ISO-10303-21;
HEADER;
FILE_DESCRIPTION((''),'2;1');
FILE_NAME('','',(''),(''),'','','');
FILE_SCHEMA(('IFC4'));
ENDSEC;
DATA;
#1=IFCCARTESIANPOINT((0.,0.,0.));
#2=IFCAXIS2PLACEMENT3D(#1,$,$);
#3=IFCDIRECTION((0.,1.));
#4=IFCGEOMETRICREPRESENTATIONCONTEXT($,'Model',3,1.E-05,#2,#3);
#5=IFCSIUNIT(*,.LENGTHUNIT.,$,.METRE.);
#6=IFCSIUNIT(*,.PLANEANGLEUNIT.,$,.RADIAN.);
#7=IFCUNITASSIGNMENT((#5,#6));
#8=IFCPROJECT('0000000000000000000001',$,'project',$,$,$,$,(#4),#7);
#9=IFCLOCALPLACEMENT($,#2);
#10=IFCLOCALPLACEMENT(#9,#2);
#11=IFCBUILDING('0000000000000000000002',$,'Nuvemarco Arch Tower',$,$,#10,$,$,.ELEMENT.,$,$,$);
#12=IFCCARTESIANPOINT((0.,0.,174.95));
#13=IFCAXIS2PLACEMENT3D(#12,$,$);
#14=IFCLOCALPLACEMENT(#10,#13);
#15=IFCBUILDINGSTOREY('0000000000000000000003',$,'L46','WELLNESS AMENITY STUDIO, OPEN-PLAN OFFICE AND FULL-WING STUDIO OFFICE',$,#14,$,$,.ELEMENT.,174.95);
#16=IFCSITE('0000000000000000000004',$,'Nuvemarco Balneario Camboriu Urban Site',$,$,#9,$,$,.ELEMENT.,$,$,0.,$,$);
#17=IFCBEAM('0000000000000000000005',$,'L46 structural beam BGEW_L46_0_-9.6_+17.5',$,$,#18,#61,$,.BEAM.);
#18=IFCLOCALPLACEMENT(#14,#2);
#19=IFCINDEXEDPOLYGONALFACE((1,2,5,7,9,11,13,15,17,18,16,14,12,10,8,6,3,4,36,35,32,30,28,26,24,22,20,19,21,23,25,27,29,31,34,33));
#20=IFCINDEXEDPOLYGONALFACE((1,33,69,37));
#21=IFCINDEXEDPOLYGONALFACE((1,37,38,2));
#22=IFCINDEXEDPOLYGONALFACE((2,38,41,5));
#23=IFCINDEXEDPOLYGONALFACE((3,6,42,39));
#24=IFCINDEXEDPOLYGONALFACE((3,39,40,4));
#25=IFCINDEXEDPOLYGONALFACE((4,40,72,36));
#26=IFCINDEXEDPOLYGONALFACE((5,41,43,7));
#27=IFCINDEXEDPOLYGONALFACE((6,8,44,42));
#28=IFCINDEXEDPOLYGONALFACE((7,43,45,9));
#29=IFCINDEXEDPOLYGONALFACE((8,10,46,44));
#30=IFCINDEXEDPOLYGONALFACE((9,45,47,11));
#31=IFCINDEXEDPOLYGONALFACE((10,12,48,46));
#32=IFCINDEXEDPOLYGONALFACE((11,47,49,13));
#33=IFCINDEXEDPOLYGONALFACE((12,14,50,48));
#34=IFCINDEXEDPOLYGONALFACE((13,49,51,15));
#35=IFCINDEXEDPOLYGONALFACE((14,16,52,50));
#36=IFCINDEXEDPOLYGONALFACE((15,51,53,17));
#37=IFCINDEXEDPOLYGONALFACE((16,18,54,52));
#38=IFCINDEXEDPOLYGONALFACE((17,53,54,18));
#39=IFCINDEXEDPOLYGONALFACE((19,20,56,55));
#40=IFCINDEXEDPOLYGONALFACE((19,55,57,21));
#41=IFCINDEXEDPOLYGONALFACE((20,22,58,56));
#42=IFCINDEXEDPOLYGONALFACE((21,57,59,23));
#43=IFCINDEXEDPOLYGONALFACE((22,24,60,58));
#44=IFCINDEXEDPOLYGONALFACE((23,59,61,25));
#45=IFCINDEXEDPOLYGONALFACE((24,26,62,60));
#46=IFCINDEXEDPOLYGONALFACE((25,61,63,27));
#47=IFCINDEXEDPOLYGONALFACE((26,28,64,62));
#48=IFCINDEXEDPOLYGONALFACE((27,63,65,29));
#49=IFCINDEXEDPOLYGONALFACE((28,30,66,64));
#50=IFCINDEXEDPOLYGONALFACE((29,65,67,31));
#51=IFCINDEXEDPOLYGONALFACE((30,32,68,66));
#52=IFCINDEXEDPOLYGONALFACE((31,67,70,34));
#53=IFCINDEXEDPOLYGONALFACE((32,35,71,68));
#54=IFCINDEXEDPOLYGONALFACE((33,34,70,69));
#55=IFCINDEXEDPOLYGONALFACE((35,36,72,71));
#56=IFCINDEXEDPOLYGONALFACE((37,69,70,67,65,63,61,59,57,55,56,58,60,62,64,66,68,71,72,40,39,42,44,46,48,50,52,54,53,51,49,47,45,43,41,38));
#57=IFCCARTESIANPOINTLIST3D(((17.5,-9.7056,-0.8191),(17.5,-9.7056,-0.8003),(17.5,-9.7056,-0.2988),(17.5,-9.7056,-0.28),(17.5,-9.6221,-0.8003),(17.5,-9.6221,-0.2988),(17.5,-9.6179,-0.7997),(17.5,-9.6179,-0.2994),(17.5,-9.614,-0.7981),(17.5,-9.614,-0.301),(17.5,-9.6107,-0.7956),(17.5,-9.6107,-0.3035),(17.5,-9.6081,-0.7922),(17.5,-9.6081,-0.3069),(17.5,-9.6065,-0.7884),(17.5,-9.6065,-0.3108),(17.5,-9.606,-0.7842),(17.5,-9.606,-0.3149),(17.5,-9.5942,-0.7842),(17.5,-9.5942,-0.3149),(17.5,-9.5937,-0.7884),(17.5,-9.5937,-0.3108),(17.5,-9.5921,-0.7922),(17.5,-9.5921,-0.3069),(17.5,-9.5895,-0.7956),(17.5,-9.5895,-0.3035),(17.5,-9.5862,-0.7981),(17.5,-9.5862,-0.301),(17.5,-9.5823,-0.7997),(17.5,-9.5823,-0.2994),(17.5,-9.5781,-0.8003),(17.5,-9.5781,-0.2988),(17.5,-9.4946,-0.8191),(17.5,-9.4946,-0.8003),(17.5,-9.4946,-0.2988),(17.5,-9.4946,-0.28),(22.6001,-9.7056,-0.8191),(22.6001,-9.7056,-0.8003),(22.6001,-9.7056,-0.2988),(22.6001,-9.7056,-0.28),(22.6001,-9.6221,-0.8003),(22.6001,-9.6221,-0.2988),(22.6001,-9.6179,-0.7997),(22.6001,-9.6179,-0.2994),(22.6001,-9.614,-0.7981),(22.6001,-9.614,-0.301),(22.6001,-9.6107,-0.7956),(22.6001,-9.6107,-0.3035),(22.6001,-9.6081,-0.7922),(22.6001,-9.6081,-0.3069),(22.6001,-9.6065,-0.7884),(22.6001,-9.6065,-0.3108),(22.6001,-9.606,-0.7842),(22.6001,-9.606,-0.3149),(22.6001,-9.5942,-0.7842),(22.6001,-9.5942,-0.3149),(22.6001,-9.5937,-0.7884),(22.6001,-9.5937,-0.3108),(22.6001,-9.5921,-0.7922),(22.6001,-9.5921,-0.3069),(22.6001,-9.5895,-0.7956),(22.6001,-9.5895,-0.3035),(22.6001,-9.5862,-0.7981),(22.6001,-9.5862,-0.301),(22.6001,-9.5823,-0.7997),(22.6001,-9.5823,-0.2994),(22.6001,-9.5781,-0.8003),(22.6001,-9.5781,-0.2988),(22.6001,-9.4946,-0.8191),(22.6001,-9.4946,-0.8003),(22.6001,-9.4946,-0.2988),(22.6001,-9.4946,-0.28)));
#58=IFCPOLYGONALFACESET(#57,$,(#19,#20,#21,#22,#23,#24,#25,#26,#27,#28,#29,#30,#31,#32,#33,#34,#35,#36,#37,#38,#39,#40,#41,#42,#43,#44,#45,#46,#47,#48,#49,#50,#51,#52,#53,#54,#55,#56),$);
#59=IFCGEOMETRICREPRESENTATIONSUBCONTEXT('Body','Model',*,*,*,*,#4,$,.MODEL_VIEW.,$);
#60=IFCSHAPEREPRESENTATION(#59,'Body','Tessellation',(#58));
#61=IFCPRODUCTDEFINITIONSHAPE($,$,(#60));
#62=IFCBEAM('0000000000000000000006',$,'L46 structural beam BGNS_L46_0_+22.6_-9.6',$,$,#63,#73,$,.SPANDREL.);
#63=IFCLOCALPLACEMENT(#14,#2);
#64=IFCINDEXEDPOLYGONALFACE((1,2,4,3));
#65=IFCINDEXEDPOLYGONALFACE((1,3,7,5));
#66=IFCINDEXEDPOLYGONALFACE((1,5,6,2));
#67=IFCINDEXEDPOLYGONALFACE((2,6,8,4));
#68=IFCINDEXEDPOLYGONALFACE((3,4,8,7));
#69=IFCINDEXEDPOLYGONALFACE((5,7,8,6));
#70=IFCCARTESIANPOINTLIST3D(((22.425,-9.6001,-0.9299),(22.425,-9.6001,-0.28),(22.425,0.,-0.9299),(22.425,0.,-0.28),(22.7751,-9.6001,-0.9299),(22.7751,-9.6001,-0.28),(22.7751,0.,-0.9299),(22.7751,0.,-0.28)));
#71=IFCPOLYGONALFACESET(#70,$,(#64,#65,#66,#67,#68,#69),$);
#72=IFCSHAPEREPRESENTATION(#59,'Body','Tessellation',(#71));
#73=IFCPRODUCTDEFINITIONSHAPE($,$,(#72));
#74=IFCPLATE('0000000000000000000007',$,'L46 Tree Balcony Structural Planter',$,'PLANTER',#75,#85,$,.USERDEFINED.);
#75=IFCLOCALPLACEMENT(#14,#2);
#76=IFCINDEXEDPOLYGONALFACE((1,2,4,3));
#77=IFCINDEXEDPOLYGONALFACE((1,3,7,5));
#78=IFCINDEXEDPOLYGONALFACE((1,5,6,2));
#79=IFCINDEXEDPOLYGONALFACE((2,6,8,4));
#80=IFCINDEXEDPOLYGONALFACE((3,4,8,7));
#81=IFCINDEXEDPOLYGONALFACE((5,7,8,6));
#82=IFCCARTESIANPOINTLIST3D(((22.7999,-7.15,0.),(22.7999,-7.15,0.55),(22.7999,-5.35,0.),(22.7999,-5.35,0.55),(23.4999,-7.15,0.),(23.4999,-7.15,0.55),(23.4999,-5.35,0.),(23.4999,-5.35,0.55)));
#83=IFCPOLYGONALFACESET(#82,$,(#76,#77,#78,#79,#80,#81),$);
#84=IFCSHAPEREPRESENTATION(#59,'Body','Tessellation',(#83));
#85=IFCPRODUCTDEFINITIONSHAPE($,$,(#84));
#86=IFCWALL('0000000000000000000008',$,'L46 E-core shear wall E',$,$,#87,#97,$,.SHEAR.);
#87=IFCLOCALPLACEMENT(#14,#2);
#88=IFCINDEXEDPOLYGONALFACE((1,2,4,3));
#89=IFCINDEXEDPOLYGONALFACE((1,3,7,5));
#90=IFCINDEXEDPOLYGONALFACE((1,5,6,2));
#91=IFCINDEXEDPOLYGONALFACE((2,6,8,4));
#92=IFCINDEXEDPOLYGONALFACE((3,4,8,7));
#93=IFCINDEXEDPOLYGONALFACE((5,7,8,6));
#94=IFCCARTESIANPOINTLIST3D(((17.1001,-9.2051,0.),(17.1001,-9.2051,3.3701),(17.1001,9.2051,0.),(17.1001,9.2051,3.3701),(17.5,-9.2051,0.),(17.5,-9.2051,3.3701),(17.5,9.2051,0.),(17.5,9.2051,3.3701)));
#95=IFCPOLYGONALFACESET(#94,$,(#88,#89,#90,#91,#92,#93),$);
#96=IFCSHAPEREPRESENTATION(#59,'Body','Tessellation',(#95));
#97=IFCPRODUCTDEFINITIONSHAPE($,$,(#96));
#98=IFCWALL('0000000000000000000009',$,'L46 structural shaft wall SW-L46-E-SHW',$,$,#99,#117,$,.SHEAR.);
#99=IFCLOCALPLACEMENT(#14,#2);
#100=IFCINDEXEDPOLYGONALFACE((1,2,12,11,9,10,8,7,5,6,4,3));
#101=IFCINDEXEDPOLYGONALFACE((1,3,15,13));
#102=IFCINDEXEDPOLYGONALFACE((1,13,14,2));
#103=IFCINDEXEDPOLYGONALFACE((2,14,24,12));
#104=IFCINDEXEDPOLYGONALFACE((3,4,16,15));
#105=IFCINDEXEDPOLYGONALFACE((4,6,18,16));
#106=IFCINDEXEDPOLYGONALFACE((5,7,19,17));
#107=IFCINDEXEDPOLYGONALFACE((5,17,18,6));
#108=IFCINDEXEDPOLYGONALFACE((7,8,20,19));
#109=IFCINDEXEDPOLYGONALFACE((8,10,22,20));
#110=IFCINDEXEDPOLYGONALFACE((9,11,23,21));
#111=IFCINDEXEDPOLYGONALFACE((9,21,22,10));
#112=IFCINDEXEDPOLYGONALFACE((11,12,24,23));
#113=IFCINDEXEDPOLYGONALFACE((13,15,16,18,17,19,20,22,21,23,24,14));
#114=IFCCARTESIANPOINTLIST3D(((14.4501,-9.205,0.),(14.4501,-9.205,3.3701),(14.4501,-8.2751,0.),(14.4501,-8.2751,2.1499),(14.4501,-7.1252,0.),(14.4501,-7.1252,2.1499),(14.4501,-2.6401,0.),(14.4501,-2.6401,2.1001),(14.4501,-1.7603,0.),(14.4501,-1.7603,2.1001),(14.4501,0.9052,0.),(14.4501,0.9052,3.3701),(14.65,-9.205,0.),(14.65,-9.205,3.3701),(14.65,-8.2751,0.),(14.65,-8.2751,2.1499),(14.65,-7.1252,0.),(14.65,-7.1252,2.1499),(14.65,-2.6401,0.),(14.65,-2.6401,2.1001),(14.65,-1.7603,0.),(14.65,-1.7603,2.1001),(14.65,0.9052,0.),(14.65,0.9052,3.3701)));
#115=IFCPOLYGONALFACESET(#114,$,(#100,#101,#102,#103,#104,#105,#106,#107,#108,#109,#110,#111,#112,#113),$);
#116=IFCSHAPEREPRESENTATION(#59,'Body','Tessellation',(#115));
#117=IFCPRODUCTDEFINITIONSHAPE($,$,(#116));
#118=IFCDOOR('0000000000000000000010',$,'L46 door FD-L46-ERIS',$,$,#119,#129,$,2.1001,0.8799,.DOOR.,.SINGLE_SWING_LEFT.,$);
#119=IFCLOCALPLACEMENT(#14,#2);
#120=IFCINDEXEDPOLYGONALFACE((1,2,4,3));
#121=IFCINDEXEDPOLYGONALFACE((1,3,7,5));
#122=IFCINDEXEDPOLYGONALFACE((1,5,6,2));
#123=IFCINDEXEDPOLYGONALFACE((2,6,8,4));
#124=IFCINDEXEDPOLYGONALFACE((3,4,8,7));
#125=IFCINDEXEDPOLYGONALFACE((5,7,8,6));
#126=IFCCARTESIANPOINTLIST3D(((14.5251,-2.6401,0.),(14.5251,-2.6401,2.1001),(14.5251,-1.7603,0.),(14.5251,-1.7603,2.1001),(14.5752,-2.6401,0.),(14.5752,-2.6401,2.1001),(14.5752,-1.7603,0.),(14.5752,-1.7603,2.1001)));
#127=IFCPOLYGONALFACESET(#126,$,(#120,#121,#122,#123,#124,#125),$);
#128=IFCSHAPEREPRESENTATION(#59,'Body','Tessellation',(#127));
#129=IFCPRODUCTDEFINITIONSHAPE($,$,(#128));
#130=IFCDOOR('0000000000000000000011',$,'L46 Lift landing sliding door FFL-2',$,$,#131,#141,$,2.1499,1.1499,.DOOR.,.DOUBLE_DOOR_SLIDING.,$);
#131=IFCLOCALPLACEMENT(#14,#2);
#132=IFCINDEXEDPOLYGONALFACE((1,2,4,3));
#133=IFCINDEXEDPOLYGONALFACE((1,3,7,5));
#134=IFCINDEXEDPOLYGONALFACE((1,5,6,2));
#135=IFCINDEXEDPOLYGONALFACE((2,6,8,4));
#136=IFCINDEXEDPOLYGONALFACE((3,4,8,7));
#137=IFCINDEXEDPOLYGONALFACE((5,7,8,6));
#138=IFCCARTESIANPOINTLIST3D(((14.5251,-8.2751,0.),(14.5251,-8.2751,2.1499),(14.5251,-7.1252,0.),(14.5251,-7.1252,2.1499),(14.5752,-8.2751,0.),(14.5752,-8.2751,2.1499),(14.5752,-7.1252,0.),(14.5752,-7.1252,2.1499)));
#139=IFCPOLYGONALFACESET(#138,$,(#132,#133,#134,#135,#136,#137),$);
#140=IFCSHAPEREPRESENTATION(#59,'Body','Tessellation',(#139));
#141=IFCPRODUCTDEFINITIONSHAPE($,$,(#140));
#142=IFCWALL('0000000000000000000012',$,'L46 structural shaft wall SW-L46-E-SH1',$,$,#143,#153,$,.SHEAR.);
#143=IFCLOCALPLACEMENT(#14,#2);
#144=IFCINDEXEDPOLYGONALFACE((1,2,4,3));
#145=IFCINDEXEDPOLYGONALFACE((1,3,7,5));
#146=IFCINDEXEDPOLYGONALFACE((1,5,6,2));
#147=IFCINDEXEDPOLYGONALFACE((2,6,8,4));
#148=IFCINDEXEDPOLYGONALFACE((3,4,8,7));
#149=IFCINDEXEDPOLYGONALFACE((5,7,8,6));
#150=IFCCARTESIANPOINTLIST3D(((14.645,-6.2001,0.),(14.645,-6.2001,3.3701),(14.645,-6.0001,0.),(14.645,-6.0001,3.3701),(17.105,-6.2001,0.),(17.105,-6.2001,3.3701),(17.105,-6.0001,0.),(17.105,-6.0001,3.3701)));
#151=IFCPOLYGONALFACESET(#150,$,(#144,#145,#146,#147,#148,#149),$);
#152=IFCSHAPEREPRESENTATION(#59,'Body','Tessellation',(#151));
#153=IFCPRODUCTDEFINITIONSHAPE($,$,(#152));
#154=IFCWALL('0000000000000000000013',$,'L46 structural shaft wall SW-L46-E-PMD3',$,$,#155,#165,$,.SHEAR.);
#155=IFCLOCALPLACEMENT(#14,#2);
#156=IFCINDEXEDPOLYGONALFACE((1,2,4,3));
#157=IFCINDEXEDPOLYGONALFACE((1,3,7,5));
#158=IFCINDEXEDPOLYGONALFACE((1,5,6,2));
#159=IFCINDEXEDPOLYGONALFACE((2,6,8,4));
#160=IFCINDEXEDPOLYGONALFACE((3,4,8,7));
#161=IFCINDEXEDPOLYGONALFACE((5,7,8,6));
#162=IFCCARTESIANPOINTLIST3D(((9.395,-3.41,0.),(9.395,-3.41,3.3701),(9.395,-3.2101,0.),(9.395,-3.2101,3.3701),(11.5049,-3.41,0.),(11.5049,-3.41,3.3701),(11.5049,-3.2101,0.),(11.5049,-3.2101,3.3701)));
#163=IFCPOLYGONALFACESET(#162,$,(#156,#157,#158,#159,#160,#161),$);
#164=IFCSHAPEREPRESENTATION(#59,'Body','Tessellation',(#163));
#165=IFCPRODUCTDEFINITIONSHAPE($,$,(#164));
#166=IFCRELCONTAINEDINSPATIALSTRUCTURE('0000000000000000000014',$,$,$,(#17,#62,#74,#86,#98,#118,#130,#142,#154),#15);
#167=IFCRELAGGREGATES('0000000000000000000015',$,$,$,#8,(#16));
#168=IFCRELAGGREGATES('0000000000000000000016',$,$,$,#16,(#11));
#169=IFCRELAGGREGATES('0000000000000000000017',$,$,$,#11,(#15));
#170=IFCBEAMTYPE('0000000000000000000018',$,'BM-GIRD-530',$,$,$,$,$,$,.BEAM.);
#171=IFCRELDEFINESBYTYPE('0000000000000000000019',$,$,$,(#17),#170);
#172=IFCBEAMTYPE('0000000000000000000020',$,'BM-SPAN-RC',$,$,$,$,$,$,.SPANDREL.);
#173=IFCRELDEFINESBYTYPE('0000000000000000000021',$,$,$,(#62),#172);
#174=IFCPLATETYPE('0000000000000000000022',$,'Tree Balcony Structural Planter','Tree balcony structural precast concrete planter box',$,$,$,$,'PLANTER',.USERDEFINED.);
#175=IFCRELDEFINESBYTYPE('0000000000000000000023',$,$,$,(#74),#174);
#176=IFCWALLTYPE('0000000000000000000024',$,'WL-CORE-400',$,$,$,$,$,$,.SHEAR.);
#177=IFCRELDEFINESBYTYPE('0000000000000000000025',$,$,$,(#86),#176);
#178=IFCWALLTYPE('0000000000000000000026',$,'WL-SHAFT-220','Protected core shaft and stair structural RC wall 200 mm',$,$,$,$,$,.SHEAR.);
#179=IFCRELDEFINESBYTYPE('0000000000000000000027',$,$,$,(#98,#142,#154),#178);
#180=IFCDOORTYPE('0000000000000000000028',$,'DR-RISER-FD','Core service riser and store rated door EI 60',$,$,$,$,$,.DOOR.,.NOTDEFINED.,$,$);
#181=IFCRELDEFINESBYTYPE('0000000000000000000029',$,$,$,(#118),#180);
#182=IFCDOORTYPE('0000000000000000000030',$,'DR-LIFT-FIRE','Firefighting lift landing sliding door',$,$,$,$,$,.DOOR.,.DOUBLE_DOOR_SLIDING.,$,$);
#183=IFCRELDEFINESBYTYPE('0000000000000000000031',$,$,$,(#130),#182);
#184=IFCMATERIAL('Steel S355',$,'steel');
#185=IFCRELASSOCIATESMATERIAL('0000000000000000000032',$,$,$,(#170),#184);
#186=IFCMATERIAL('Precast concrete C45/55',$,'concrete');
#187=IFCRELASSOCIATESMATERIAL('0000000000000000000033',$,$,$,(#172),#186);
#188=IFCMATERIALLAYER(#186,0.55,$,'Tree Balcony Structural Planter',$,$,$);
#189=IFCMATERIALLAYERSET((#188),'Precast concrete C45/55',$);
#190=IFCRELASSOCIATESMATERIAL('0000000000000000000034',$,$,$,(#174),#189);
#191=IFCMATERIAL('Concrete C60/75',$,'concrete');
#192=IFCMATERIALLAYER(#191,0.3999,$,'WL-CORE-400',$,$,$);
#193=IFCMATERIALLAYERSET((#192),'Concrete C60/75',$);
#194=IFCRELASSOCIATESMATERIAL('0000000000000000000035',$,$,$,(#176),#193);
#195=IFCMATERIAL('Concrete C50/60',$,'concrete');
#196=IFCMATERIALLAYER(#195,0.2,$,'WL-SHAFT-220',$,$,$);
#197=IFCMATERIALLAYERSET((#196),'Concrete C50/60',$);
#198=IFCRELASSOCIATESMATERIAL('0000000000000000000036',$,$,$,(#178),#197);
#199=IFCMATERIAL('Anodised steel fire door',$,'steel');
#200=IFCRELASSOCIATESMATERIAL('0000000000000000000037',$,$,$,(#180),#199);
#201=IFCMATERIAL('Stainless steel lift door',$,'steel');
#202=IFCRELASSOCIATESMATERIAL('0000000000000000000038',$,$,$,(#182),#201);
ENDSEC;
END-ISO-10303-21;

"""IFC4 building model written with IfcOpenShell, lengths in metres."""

from ifc_helpers import new_model, si_unit, direction, frame, frame_2d, origin, origin_2d, place, context, subcontext, project, spatial, rectangle, i_section, extrude, source, transform, mapped, material, layer, layer_set, material_profile, profile_set, type_object, type_shapes, element, fill, save


model = new_model("IFC4")

# Units and contexts
model_context = context("Model", 3, precision=1e-05, world=origin(), true_north=direction((0.0, 1.0)))
body_context = subcontext(model_context, "Body", "Model", "MODEL_VIEW")
ifc_project = project(units=[si_unit("LENGTHUNIT", "METRE"), si_unit("PLANEANGLEUNIT", "RADIAN")], contexts=[model_context])

# Site, building, storey
site_placement = place(None, origin())
site = spatial("IfcSite", under=ifc_project, at=site_placement, Name="Nuvemarco Balneario Camboriu Urban Site", CompositionType="ELEMENT", RefElevation=0.0)
building_placement = place(site_placement, origin())
building = spatial("IfcBuilding", under=site, at=building_placement, Name="Nuvemarco Arch Tower", CompositionType="ELEMENT")
storey_placement = place(building_placement, frame((0.0, 0.0, 174.95)))
storey = spatial("IfcBuildingStorey", under=building, at=storey_placement, Name="L46", Description="WELLNESS AMENITY STUDIO, OPEN-PLAN OFFICE AND FULL-WING STUDIO OFFICE", CompositionType="ELEMENT", Elevation=174.95)

# Shared definitions
ifc_material_1 = material(Name="Concrete C50/60", Category="concrete")
ifc_material_2 = material(Name="Steel S355", Category="steel")

# Beams
ifc_material_profile_1 = material_profile(ifc_material_2, i_section(OverallWidth=0.2109, OverallDepth=0.5391, WebThickness=0.0117, FlangeThickness=0.0188, FilletRadius=0.0161, at=origin_2d()), Name="W530x109")
ifc_profile_set_1 = profile_set([ifc_material_profile_1], Name="Steel S355")
beam_type_1 = type_object("IfcBeamType", Name="BM-GIRD-530", PredefinedType="BEAM", material=ifc_profile_set_1)
beam_1_placement = place(storey_placement, frame((17.5, -9.6001, -0.5496), z_axis=(1.0, 0.0, 0.0), x_axis=(0.0, 1.0, 0.0)))
element("IfcBeam", 1, at=beam_1_placement, inside=storey, type_object=beam_type_1, Name="L46 structural beam BGEW_L46_0_-9.6_+17.5", PredefinedType="BEAM", context=body_context, shape_type="SweptSolid", body=[
    extrude(i_section(OverallWidth=0.2109, OverallDepth=0.5391, WebThickness=0.0117, FlangeThickness=0.0188, FilletRadius=0.0161, at=origin_2d()), origin(), (0.0, 0.0, 1.0), 5.1001),
])
ifc_material_3 = material(Name="Precast concrete C45/55", Category="concrete")
ifc_material_profile_2 = material_profile(ifc_material_3, rectangle(XDim=0.3501, YDim=0.6499, at=origin_2d()), Name="PC-SP-350x650")
ifc_profile_set_2 = profile_set([ifc_material_profile_2], Name="Precast concrete C45/55")
beam_type_2 = type_object("IfcBeamType", Name="BM-SPAN-RC", PredefinedType="SPANDREL", material=ifc_profile_set_2)
beam_2_placement = place(storey_placement, frame((22.6001, -9.6001, -0.605), z_axis=(0.0, 1.0, 0.0), x_axis=(-1.0, 0.0, 0.0)))
element("IfcBeam", 2, at=beam_2_placement, inside=storey, type_object=beam_type_2, Name="L46 structural beam BGNS_L46_0_+22.6_-9.6", PredefinedType="SPANDREL", context=body_context, shape_type="SweptSolid", body=[
    extrude(rectangle(XDim=0.3501, YDim=0.6499, at=origin_2d()), origin(), (0.0, 0.0, 1.0), 9.6001),
])

# Plate
ifc_layer_1 = layer(ifc_material_3, 0.55, Name="Tree Balcony Structural Planter")
ifc_layer_set_1 = layer_set([ifc_layer_1], Name="Precast concrete C45/55")
plate_type = type_object("IfcPlateType", Name="Tree Balcony Structural Planter", Description="Tree balcony structural precast concrete planter box", ElementType="PLANTER", PredefinedType="USERDEFINED", material=ifc_layer_set_1)
shared_shape_1 = source(origin(), body_context, "Body", "SweptSolid", [
    extrude(rectangle(XDim=1.8, YDim=0.7, at=origin_2d()), origin(), (0.0, 0.0, 1.0), 0.55),
])
type_shapes(plate_type, [shared_shape_1])
plate_placement = place(storey_placement, frame((23.1499, -6.25, 0.0), z_axis=(0.0, 0.0, 1.0), x_axis=(0.0, 1.0, 0.0)))
element("IfcPlate", 3, at=plate_placement, inside=storey, type_object=plate_type, Name="L46 Tree Balcony Structural Planter", ObjectType="PLANTER", PredefinedType="USERDEFINED", context=body_context, shape_type="MappedRepresentation", body=[
    mapped(shared_shape_1, transform((0.0, 0.0, 0.0), scale=1.0)),
])

# Wall
ifc_material_4 = material(Name="Concrete C60/75", Category="concrete")
ifc_layer_2 = layer(ifc_material_4, 0.3999, Name="WL-CORE-400")
ifc_layer_set_2 = layer_set([ifc_layer_2], Name="Concrete C60/75")
wall_type_1 = type_object("IfcWallType", Name="WL-CORE-400", PredefinedType="SHEAR", material=ifc_layer_set_2)
wall_1_placement = place(storey_placement, frame((17.3, -9.2051, 0.0), z_axis=(0.0, 0.0, 1.0), x_axis=(0.0, 1.0, 0.0)))
element("IfcWall", 4, at=wall_1_placement, inside=storey, type_object=wall_type_1, Name="L46 E-core shear wall E", PredefinedType="SHEAR", context=body_context, shape_type="SweptSolid", body=[
    extrude(rectangle(XDim=18.4102, YDim=0.3999, at=frame_2d((9.2051, 0.0))), origin(), (0.0, 0.0, 1.0), 3.3701),
])

# Wall, openings, doors
ifc_layer_3 = layer(ifc_material_1, 0.2, Name="WL-SHAFT-220")
ifc_layer_set_3 = layer_set([ifc_layer_3], Name="Concrete C50/60")
wall_type_2 = type_object("IfcWallType", Name="WL-SHAFT-220", Description="Protected core shaft and stair structural RC wall 200 mm", PredefinedType="SHEAR", material=ifc_layer_set_3)
wall_2_placement = place(storey_placement, frame((14.55, -9.2051, 0.0), z_axis=(0.0, 0.0, 1.0), x_axis=(0.0, 1.0, 0.0)))
wall_2 = element("IfcWall", 5, at=wall_2_placement, inside=storey, type_object=wall_type_2, Name="L46 structural shaft wall SW-L46-E-SHW", PredefinedType="SHEAR", context=body_context, shape_type="SweptSolid", body=[
    extrude(rectangle(XDim=10.1101, YDim=0.2, at=frame_2d((5.0552, 0.0))), origin(), (0.0, 0.0, 1.0), 3.3701),
])
opening_1_placement = place(wall_2_placement, frame((6.5649, 0.0, 0.0)))
opening_1 = element("IfcOpeningElement", 6, at=opening_1_placement, cuts=wall_2, PredefinedType="OPENING", context=body_context, shape_type="SweptSolid", body=[
    extrude(rectangle(XDim=0.8799, YDim=2.1001, at=frame_2d((0.4399, 1.05))), frame((0.0, 0.1099, 0.0), z_axis=(0.0, -1.0, 0.0), x_axis=(1.0, 0.0, 0.0)), (0.0, 0.0, 1.0), 0.22),
])
opening_2_placement = place(wall_2_placement, frame((0.9299, 0.0, 0.0)))
opening_2 = element("IfcOpeningElement", 7, at=opening_2_placement, cuts=wall_2, PredefinedType="OPENING", context=body_context, shape_type="SweptSolid", body=[
    extrude(rectangle(XDim=1.1499, YDim=2.1499, at=frame_2d((0.575, 1.075))), frame((0.0, 0.1099, 0.0), z_axis=(0.0, -1.0, 0.0), x_axis=(1.0, 0.0, 0.0)), (0.0, 0.0, 1.0), 0.22),
])
ifc_material_5 = material(Name="Anodised steel fire door", Category="steel")
door_type_1 = type_object("IfcDoorType", Name="DR-RISER-FD", Description="Core service riser and store rated door EI 60", OperationType="NOTDEFINED", PredefinedType="DOOR", material=ifc_material_5)
shared_shape_2 = source(origin(), body_context, "Body", "SweptSolid", [
    extrude(rectangle(XDim=0.8799, YDim=2.1001, at=frame_2d((0.4399, 1.05))), frame((0.0, 0.0249, 0.0), z_axis=(0.0, -1.0, 0.0), x_axis=(1.0, 0.0, 0.0)), (0.0, 0.0, 1.0), 0.05),
])
type_shapes(door_type_1, [shared_shape_2])
door_1_placement = place(opening_1_placement, origin())
door_1 = element("IfcDoor", 8, at=door_1_placement, inside=storey, type_object=door_type_1, Name="L46 door FD-L46-ERIS", OperationType="SINGLE_SWING_LEFT", OverallHeight=2.1001, OverallWidth=0.8799, PredefinedType="DOOR", context=body_context, shape_type="MappedRepresentation", body=[
    mapped(shared_shape_2, transform((0.0, 0.0, 0.0), scale=1.0)),
])
fill(opening_1, door_1)
ifc_material_6 = material(Name="Stainless steel lift door", Category="steel")
door_type_2 = type_object("IfcDoorType", Name="DR-LIFT-FIRE", Description="Firefighting lift landing sliding door", OperationType="DOUBLE_DOOR_SLIDING", PredefinedType="DOOR", material=ifc_material_6)
shared_shape_3 = source(origin(), body_context, "Body", "SweptSolid", [
    extrude(rectangle(XDim=1.1499, YDim=2.1499, at=frame_2d((0.575, 1.075))), frame((0.0, 0.0249, 0.0), z_axis=(0.0, -1.0, 0.0), x_axis=(1.0, 0.0, 0.0)), (0.0, 0.0, 1.0), 0.05),
])
type_shapes(door_type_2, [shared_shape_3])
door_2_placement = place(opening_2_placement, origin())
door_2 = element("IfcDoor", 9, at=door_2_placement, inside=storey, type_object=door_type_2, Name="L46 Lift landing sliding door FFL-2", OperationType="DOUBLE_DOOR_SLIDING", OverallHeight=2.1499, OverallWidth=1.1499, PredefinedType="DOOR", context=body_context, shape_type="MappedRepresentation", body=[
    mapped(shared_shape_3, transform((0.0, 0.0, 0.0), scale=1.0)),
])
fill(opening_2, door_2)

# Wall
wall_3_placement = place(storey_placement, frame((14.645, -6.1001, 0.0), z_axis=(0.0, 0.0, 1.0), x_axis=(1.0, 0.0, 0.0)))
element("IfcWall", 10, at=wall_3_placement, inside=storey, type_object=wall_type_2, Name="L46 structural shaft wall SW-L46-E-SH1", PredefinedType="SHEAR", context=body_context, shape_type="SweptSolid", body=[
    extrude(rectangle(XDim=2.46, YDim=0.2, at=frame_2d((1.23, 0.0))), origin(), (0.0, 0.0, 1.0), 3.3701),
])

# Wall
for number, where, z_axis, x_axis, name in (
    (11, (9.395, -3.3101, 0.0), (0.0, 0.0, 1.0), (1.0, 0.0, 0.0), "L46 structural shaft wall SW-L46-E-PMD3"),
):
    element("IfcWall", number, at=place(storey_placement, frame(where, z_axis=z_axis, x_axis=x_axis)), inside=storey, type_object=wall_type_2, Name=name, PredefinedType="SHEAR", context=body_context, shape_type="SweptSolid", body=[
        extrude(rectangle(XDim=2.1099, YDim=0.2, at=frame_2d((1.0549, 0.0))), origin(), (0.0, 0.0, 1.0), 3.3701),
    ])

save(model, "model.ifc")
